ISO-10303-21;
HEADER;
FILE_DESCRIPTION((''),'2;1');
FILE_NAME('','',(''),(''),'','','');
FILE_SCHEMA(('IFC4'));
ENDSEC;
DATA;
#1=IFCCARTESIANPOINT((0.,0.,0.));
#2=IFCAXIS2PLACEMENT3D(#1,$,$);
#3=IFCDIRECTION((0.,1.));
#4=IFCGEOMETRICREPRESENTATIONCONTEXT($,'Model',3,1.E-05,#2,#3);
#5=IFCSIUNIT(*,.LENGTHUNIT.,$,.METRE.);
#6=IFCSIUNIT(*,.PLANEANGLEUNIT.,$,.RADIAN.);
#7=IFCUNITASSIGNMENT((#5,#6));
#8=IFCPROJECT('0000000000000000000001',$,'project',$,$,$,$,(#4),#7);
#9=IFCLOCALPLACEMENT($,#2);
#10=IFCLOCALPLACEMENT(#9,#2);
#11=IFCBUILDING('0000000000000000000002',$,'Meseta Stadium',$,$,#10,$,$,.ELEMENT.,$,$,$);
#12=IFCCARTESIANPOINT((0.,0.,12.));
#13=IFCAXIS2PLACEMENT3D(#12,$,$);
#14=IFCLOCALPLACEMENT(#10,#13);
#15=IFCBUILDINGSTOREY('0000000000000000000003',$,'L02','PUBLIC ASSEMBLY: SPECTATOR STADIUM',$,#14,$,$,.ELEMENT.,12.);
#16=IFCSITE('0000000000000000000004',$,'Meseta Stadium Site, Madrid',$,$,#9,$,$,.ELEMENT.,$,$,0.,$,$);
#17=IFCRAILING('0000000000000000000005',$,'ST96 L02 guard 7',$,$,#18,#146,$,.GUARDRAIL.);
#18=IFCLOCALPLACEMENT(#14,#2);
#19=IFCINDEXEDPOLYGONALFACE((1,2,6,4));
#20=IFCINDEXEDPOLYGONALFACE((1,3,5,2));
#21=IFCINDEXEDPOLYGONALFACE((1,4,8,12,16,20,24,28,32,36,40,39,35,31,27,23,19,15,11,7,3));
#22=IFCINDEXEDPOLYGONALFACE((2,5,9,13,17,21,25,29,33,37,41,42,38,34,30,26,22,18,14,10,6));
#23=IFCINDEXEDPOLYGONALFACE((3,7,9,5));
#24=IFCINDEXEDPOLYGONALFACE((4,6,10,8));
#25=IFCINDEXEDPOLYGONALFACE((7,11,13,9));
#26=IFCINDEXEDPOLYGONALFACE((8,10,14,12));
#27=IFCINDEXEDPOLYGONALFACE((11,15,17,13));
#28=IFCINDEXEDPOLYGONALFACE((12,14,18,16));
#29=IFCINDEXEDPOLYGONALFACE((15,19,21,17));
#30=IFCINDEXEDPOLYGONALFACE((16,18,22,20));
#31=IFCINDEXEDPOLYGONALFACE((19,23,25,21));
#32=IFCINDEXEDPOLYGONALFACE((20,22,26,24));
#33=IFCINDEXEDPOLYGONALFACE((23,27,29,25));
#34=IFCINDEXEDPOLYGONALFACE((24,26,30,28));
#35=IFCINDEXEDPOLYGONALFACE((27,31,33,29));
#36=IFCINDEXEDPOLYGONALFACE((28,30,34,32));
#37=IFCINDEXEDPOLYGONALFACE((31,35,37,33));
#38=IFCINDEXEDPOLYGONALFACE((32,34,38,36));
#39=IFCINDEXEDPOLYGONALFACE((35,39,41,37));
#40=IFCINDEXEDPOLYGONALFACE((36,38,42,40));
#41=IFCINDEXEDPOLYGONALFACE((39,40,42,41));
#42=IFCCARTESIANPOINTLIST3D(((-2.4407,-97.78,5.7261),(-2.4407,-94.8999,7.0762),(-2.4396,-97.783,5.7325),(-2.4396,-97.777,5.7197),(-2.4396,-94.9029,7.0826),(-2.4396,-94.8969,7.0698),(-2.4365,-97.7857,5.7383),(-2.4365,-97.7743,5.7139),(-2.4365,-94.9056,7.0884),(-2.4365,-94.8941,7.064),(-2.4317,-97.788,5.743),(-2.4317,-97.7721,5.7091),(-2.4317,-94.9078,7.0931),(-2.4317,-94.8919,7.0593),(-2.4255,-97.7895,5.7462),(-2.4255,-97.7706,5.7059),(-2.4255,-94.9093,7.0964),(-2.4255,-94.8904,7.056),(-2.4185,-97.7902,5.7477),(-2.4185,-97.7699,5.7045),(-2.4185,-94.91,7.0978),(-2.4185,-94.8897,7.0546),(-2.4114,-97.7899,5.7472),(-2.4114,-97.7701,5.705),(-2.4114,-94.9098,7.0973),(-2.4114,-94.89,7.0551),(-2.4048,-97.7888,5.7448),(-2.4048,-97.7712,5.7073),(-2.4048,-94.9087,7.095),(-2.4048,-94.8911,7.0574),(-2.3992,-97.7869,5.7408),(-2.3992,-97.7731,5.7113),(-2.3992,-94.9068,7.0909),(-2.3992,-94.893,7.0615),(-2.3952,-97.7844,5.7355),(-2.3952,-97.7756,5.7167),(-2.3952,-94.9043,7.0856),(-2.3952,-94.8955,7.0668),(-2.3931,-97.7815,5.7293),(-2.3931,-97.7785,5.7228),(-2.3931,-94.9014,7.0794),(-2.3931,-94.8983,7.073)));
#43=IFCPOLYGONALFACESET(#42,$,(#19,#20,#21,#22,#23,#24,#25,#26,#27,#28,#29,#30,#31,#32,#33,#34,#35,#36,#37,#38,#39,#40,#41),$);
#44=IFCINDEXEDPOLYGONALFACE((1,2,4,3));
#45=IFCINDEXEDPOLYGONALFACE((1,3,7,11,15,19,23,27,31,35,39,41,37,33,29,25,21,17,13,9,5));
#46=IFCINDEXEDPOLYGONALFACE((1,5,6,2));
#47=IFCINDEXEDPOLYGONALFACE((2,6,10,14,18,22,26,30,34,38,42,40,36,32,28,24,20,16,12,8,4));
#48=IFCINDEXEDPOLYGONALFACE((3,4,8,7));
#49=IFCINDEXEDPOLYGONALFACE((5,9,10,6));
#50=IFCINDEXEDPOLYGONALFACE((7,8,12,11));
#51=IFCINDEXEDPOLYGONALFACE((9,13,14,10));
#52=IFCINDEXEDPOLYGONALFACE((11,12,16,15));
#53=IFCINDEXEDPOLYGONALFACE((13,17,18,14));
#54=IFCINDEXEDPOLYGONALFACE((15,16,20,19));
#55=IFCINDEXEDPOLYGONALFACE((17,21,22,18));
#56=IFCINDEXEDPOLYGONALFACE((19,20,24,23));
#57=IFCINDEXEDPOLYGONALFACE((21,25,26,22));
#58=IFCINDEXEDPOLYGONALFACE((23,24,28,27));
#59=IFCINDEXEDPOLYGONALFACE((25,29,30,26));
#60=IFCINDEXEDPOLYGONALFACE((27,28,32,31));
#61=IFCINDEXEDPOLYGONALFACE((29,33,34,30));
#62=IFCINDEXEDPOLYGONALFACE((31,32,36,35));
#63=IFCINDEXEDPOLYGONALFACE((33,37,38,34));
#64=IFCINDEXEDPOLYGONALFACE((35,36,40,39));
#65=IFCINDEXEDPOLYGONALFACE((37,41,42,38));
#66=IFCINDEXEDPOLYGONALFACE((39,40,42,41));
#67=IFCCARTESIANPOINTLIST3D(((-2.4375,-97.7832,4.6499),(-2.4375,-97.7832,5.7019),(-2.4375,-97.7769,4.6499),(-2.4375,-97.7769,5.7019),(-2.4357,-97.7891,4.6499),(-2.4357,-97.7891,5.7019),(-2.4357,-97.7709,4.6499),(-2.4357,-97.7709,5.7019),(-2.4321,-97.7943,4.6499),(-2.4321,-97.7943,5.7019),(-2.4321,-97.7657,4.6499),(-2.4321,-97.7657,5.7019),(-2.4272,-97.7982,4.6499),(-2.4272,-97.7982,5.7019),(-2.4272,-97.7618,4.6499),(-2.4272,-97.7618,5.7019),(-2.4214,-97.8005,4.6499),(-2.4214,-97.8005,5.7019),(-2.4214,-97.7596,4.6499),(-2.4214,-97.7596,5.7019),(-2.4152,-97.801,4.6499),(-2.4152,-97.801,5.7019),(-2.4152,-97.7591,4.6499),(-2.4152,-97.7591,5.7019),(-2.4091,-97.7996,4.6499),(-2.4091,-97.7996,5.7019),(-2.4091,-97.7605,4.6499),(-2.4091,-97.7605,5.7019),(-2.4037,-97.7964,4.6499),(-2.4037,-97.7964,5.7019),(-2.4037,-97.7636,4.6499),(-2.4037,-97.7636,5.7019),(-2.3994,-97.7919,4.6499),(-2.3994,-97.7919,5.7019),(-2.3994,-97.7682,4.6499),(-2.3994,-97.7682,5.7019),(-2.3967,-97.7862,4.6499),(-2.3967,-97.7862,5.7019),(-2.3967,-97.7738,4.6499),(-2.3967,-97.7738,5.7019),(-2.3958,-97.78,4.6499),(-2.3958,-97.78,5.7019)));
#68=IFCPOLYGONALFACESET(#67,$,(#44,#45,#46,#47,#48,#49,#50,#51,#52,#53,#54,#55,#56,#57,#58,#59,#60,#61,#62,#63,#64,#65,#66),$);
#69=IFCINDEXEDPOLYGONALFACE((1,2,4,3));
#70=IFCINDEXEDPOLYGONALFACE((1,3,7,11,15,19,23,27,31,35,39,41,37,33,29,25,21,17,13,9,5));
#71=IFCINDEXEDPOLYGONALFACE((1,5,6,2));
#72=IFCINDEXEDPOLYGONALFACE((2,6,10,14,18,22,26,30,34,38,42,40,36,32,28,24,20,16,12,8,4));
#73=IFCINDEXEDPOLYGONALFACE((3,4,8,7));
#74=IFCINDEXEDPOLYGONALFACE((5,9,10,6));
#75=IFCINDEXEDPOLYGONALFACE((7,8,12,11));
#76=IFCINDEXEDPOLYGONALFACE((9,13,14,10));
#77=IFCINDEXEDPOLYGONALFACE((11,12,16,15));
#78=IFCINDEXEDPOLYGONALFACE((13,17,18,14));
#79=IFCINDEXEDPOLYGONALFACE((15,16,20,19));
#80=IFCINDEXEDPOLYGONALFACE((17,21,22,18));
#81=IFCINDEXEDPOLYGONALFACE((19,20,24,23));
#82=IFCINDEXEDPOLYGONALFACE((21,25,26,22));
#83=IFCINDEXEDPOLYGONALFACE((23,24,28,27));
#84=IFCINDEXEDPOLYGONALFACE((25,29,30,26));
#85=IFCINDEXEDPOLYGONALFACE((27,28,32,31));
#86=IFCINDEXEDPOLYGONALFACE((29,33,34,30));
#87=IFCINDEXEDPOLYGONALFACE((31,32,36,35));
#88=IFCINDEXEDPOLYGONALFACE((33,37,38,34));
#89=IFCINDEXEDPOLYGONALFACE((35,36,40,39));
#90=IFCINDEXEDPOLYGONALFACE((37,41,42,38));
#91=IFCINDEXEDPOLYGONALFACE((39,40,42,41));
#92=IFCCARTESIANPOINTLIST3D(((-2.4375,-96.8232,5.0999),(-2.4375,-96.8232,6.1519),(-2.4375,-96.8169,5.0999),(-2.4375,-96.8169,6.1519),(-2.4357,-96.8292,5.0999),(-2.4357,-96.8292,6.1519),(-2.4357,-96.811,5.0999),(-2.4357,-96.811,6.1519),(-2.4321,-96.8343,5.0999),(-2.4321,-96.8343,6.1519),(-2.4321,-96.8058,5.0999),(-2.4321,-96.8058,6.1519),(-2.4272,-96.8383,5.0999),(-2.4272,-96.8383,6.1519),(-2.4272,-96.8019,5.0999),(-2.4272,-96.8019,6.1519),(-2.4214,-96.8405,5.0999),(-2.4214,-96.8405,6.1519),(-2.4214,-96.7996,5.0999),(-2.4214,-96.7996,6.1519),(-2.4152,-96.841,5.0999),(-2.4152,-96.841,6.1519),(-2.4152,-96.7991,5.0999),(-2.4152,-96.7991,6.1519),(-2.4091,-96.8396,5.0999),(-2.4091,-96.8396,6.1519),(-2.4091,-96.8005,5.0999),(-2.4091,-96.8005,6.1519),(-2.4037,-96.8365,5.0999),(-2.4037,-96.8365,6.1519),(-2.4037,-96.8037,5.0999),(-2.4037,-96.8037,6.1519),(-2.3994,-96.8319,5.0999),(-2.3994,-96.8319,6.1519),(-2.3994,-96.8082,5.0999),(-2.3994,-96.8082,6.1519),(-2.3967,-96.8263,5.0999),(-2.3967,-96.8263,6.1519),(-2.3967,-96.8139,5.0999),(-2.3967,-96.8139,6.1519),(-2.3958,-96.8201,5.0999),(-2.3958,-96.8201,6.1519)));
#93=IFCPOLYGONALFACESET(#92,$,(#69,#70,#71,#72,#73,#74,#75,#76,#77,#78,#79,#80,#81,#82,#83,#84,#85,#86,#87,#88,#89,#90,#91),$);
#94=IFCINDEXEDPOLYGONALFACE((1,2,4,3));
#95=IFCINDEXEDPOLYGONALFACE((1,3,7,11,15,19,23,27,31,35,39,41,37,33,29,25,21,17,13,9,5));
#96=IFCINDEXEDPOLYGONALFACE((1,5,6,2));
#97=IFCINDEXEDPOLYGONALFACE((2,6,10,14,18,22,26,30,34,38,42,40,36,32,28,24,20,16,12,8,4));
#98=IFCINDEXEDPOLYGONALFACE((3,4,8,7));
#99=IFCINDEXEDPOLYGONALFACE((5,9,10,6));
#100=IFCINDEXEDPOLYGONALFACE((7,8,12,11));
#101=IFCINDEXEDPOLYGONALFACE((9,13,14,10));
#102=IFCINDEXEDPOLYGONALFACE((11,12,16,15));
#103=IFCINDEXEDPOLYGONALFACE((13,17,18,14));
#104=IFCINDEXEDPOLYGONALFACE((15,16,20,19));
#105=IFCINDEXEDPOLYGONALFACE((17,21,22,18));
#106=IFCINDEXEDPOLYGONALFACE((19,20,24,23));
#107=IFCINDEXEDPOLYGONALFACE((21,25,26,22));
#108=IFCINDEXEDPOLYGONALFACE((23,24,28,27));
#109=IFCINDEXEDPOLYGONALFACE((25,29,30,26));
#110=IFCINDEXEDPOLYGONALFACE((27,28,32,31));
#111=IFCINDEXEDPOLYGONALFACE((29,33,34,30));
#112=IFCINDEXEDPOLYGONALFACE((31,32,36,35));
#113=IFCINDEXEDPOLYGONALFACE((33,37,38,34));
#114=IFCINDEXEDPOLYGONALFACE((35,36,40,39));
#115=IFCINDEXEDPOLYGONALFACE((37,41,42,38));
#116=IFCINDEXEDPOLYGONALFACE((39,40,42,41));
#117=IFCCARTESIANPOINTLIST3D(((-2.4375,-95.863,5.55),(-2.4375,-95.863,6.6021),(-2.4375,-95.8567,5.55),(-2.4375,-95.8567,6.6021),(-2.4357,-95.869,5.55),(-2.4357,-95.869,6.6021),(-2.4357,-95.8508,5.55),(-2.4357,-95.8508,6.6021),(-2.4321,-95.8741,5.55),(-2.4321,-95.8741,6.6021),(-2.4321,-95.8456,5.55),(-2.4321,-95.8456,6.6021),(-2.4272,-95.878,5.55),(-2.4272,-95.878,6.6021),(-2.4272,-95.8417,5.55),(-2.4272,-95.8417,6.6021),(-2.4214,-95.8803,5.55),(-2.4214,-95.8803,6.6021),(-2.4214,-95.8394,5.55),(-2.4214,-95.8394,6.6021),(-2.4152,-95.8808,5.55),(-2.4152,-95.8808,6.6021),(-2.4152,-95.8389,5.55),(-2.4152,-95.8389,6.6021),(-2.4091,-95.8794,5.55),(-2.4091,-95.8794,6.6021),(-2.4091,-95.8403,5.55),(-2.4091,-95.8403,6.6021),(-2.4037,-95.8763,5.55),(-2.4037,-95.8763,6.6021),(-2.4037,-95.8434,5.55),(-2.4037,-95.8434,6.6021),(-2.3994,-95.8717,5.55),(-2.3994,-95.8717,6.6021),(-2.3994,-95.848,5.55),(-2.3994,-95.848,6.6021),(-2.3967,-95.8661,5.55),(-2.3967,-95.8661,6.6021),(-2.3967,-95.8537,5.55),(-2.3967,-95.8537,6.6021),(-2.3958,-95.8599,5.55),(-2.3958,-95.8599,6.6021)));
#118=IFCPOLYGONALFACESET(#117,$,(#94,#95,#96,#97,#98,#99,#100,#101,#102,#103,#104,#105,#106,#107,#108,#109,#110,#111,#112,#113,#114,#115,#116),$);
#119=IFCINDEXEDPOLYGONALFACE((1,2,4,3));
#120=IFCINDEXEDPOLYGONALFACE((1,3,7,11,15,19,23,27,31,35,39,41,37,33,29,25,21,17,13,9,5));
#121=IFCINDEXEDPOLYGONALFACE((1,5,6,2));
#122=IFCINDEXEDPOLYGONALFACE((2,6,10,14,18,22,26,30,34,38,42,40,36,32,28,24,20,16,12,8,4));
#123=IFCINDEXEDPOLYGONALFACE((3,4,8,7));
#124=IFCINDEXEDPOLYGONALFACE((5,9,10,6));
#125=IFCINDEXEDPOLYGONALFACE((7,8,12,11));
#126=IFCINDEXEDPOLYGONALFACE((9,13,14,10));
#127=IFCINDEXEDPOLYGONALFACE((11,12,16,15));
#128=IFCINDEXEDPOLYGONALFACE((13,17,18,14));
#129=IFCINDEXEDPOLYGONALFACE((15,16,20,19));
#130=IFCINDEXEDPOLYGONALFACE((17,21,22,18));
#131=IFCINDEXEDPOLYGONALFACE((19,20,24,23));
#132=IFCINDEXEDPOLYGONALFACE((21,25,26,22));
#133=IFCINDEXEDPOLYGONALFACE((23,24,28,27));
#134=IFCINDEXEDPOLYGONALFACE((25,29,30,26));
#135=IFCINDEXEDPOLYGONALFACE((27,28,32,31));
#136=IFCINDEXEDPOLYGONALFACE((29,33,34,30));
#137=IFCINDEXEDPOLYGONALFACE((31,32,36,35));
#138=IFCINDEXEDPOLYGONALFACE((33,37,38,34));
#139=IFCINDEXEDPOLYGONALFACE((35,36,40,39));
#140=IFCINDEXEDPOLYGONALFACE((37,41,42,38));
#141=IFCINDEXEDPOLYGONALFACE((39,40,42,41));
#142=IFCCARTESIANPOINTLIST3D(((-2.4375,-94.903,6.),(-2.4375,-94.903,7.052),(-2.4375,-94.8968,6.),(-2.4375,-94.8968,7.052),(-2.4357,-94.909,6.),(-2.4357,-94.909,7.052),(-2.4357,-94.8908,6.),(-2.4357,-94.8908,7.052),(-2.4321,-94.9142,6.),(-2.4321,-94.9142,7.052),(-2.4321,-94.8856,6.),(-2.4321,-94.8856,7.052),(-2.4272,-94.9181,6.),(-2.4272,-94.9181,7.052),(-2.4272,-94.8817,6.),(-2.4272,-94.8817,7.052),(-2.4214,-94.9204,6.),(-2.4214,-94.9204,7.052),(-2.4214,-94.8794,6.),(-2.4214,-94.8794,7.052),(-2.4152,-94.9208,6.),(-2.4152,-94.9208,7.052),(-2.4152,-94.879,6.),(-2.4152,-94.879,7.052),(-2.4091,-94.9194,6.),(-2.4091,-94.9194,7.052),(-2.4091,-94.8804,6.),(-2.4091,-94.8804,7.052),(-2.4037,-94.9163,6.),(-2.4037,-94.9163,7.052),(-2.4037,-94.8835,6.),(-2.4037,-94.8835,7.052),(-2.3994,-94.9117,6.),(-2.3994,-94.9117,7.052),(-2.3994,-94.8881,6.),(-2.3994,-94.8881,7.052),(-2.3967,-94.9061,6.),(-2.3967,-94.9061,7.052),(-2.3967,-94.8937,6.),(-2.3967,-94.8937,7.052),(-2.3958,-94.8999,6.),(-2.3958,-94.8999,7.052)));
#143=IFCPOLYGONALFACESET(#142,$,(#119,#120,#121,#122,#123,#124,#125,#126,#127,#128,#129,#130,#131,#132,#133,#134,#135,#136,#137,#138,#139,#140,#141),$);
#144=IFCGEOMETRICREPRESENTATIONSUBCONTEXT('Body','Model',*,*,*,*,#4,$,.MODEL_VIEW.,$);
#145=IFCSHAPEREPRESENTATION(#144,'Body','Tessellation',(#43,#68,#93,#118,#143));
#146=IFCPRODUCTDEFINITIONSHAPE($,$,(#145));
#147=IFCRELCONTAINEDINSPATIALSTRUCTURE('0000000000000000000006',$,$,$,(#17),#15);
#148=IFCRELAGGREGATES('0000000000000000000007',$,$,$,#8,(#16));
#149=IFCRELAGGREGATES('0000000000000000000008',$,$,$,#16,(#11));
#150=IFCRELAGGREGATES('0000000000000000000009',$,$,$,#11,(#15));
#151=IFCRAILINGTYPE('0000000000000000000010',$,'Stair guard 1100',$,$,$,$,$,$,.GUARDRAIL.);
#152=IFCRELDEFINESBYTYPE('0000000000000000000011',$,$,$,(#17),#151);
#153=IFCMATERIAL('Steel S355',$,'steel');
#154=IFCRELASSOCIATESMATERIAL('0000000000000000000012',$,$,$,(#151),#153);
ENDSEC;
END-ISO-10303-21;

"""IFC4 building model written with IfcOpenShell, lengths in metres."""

from ifc_helpers import new_model, si_unit, direction, frame, origin, origin_2d, place, context, subcontext, project, spatial, circle, extrude, material, type_object, element, save


model = new_model("IFC4")

# Units and contexts
model_context = context("Model", 3, precision=1e-05, world=origin(), true_north=direction((0.0, 1.0)))
body_context = subcontext(model_context, "Body", "Model", "MODEL_VIEW")
ifc_project = project(units=[si_unit("LENGTHUNIT", "METRE"), si_unit("PLANEANGLEUNIT", "RADIAN")], contexts=[model_context])

# Site, building, storey
site_placement = place(None, origin())
site = spatial("IfcSite", under=ifc_project, at=site_placement, Name="Meseta Stadium Site, Madrid", CompositionType="ELEMENT", RefElevation=0.0)
building_placement = place(site_placement, origin())
building = spatial("IfcBuilding", under=site, at=building_placement, Name="Meseta Stadium", CompositionType="ELEMENT")
storey_placement = place(building_placement, frame((0.0, 0.0, 12.0)))
storey = spatial("IfcBuildingStorey", under=building, at=storey_placement, Name="L02", Description="PUBLIC ASSEMBLY: SPECTATOR STADIUM", CompositionType="ELEMENT", Elevation=12.0)

# Railing
ifc_material_1 = material(Name="Steel S355", Category="steel")
railing_type_1 = type_object("IfcRailingType", Name="Stair guard 1100", PredefinedType="GUARDRAIL", material=ifc_material_1)
railing_1_placement = place(storey_placement, frame((-2.4167, -97.78, 4.6499)))
element("IfcRailing", 1, at=railing_1_placement, inside=storey, type_object=railing_type_1, Name="ST96 L02 guard 7", PredefinedType="GUARDRAIL", context=body_context, shape_type="SweptSolid", body=[
    extrude(circle(Radius=0.0239, at=origin_2d()), frame((0.0, 0.0, 1.0762), z_axis=(0.0, 0.905454, 0.424444), x_axis=(-1.0, 0.0, 0.0)), (0.0, 0.0, 1.0), 3.1809),
    extrude(circle(Radius=0.021, at=origin_2d()), origin(), (0.0, 0.0, 1.0), 1.052),
    extrude(circle(Radius=0.021, at=origin_2d()), frame((0.0, 0.96, 0.45)), (0.0, 0.0, 1.0), 1.052),
    extrude(circle(Radius=0.021, at=origin_2d()), frame((0.0, 1.9202, 0.9001)), (0.0, 0.0, 1.0), 1.052),
    extrude(circle(Radius=0.021, at=origin_2d()), frame((0.0, 2.8801, 1.3501)), (0.0, 0.0, 1.0), 1.052),
])

save(model, "model.ifc")
